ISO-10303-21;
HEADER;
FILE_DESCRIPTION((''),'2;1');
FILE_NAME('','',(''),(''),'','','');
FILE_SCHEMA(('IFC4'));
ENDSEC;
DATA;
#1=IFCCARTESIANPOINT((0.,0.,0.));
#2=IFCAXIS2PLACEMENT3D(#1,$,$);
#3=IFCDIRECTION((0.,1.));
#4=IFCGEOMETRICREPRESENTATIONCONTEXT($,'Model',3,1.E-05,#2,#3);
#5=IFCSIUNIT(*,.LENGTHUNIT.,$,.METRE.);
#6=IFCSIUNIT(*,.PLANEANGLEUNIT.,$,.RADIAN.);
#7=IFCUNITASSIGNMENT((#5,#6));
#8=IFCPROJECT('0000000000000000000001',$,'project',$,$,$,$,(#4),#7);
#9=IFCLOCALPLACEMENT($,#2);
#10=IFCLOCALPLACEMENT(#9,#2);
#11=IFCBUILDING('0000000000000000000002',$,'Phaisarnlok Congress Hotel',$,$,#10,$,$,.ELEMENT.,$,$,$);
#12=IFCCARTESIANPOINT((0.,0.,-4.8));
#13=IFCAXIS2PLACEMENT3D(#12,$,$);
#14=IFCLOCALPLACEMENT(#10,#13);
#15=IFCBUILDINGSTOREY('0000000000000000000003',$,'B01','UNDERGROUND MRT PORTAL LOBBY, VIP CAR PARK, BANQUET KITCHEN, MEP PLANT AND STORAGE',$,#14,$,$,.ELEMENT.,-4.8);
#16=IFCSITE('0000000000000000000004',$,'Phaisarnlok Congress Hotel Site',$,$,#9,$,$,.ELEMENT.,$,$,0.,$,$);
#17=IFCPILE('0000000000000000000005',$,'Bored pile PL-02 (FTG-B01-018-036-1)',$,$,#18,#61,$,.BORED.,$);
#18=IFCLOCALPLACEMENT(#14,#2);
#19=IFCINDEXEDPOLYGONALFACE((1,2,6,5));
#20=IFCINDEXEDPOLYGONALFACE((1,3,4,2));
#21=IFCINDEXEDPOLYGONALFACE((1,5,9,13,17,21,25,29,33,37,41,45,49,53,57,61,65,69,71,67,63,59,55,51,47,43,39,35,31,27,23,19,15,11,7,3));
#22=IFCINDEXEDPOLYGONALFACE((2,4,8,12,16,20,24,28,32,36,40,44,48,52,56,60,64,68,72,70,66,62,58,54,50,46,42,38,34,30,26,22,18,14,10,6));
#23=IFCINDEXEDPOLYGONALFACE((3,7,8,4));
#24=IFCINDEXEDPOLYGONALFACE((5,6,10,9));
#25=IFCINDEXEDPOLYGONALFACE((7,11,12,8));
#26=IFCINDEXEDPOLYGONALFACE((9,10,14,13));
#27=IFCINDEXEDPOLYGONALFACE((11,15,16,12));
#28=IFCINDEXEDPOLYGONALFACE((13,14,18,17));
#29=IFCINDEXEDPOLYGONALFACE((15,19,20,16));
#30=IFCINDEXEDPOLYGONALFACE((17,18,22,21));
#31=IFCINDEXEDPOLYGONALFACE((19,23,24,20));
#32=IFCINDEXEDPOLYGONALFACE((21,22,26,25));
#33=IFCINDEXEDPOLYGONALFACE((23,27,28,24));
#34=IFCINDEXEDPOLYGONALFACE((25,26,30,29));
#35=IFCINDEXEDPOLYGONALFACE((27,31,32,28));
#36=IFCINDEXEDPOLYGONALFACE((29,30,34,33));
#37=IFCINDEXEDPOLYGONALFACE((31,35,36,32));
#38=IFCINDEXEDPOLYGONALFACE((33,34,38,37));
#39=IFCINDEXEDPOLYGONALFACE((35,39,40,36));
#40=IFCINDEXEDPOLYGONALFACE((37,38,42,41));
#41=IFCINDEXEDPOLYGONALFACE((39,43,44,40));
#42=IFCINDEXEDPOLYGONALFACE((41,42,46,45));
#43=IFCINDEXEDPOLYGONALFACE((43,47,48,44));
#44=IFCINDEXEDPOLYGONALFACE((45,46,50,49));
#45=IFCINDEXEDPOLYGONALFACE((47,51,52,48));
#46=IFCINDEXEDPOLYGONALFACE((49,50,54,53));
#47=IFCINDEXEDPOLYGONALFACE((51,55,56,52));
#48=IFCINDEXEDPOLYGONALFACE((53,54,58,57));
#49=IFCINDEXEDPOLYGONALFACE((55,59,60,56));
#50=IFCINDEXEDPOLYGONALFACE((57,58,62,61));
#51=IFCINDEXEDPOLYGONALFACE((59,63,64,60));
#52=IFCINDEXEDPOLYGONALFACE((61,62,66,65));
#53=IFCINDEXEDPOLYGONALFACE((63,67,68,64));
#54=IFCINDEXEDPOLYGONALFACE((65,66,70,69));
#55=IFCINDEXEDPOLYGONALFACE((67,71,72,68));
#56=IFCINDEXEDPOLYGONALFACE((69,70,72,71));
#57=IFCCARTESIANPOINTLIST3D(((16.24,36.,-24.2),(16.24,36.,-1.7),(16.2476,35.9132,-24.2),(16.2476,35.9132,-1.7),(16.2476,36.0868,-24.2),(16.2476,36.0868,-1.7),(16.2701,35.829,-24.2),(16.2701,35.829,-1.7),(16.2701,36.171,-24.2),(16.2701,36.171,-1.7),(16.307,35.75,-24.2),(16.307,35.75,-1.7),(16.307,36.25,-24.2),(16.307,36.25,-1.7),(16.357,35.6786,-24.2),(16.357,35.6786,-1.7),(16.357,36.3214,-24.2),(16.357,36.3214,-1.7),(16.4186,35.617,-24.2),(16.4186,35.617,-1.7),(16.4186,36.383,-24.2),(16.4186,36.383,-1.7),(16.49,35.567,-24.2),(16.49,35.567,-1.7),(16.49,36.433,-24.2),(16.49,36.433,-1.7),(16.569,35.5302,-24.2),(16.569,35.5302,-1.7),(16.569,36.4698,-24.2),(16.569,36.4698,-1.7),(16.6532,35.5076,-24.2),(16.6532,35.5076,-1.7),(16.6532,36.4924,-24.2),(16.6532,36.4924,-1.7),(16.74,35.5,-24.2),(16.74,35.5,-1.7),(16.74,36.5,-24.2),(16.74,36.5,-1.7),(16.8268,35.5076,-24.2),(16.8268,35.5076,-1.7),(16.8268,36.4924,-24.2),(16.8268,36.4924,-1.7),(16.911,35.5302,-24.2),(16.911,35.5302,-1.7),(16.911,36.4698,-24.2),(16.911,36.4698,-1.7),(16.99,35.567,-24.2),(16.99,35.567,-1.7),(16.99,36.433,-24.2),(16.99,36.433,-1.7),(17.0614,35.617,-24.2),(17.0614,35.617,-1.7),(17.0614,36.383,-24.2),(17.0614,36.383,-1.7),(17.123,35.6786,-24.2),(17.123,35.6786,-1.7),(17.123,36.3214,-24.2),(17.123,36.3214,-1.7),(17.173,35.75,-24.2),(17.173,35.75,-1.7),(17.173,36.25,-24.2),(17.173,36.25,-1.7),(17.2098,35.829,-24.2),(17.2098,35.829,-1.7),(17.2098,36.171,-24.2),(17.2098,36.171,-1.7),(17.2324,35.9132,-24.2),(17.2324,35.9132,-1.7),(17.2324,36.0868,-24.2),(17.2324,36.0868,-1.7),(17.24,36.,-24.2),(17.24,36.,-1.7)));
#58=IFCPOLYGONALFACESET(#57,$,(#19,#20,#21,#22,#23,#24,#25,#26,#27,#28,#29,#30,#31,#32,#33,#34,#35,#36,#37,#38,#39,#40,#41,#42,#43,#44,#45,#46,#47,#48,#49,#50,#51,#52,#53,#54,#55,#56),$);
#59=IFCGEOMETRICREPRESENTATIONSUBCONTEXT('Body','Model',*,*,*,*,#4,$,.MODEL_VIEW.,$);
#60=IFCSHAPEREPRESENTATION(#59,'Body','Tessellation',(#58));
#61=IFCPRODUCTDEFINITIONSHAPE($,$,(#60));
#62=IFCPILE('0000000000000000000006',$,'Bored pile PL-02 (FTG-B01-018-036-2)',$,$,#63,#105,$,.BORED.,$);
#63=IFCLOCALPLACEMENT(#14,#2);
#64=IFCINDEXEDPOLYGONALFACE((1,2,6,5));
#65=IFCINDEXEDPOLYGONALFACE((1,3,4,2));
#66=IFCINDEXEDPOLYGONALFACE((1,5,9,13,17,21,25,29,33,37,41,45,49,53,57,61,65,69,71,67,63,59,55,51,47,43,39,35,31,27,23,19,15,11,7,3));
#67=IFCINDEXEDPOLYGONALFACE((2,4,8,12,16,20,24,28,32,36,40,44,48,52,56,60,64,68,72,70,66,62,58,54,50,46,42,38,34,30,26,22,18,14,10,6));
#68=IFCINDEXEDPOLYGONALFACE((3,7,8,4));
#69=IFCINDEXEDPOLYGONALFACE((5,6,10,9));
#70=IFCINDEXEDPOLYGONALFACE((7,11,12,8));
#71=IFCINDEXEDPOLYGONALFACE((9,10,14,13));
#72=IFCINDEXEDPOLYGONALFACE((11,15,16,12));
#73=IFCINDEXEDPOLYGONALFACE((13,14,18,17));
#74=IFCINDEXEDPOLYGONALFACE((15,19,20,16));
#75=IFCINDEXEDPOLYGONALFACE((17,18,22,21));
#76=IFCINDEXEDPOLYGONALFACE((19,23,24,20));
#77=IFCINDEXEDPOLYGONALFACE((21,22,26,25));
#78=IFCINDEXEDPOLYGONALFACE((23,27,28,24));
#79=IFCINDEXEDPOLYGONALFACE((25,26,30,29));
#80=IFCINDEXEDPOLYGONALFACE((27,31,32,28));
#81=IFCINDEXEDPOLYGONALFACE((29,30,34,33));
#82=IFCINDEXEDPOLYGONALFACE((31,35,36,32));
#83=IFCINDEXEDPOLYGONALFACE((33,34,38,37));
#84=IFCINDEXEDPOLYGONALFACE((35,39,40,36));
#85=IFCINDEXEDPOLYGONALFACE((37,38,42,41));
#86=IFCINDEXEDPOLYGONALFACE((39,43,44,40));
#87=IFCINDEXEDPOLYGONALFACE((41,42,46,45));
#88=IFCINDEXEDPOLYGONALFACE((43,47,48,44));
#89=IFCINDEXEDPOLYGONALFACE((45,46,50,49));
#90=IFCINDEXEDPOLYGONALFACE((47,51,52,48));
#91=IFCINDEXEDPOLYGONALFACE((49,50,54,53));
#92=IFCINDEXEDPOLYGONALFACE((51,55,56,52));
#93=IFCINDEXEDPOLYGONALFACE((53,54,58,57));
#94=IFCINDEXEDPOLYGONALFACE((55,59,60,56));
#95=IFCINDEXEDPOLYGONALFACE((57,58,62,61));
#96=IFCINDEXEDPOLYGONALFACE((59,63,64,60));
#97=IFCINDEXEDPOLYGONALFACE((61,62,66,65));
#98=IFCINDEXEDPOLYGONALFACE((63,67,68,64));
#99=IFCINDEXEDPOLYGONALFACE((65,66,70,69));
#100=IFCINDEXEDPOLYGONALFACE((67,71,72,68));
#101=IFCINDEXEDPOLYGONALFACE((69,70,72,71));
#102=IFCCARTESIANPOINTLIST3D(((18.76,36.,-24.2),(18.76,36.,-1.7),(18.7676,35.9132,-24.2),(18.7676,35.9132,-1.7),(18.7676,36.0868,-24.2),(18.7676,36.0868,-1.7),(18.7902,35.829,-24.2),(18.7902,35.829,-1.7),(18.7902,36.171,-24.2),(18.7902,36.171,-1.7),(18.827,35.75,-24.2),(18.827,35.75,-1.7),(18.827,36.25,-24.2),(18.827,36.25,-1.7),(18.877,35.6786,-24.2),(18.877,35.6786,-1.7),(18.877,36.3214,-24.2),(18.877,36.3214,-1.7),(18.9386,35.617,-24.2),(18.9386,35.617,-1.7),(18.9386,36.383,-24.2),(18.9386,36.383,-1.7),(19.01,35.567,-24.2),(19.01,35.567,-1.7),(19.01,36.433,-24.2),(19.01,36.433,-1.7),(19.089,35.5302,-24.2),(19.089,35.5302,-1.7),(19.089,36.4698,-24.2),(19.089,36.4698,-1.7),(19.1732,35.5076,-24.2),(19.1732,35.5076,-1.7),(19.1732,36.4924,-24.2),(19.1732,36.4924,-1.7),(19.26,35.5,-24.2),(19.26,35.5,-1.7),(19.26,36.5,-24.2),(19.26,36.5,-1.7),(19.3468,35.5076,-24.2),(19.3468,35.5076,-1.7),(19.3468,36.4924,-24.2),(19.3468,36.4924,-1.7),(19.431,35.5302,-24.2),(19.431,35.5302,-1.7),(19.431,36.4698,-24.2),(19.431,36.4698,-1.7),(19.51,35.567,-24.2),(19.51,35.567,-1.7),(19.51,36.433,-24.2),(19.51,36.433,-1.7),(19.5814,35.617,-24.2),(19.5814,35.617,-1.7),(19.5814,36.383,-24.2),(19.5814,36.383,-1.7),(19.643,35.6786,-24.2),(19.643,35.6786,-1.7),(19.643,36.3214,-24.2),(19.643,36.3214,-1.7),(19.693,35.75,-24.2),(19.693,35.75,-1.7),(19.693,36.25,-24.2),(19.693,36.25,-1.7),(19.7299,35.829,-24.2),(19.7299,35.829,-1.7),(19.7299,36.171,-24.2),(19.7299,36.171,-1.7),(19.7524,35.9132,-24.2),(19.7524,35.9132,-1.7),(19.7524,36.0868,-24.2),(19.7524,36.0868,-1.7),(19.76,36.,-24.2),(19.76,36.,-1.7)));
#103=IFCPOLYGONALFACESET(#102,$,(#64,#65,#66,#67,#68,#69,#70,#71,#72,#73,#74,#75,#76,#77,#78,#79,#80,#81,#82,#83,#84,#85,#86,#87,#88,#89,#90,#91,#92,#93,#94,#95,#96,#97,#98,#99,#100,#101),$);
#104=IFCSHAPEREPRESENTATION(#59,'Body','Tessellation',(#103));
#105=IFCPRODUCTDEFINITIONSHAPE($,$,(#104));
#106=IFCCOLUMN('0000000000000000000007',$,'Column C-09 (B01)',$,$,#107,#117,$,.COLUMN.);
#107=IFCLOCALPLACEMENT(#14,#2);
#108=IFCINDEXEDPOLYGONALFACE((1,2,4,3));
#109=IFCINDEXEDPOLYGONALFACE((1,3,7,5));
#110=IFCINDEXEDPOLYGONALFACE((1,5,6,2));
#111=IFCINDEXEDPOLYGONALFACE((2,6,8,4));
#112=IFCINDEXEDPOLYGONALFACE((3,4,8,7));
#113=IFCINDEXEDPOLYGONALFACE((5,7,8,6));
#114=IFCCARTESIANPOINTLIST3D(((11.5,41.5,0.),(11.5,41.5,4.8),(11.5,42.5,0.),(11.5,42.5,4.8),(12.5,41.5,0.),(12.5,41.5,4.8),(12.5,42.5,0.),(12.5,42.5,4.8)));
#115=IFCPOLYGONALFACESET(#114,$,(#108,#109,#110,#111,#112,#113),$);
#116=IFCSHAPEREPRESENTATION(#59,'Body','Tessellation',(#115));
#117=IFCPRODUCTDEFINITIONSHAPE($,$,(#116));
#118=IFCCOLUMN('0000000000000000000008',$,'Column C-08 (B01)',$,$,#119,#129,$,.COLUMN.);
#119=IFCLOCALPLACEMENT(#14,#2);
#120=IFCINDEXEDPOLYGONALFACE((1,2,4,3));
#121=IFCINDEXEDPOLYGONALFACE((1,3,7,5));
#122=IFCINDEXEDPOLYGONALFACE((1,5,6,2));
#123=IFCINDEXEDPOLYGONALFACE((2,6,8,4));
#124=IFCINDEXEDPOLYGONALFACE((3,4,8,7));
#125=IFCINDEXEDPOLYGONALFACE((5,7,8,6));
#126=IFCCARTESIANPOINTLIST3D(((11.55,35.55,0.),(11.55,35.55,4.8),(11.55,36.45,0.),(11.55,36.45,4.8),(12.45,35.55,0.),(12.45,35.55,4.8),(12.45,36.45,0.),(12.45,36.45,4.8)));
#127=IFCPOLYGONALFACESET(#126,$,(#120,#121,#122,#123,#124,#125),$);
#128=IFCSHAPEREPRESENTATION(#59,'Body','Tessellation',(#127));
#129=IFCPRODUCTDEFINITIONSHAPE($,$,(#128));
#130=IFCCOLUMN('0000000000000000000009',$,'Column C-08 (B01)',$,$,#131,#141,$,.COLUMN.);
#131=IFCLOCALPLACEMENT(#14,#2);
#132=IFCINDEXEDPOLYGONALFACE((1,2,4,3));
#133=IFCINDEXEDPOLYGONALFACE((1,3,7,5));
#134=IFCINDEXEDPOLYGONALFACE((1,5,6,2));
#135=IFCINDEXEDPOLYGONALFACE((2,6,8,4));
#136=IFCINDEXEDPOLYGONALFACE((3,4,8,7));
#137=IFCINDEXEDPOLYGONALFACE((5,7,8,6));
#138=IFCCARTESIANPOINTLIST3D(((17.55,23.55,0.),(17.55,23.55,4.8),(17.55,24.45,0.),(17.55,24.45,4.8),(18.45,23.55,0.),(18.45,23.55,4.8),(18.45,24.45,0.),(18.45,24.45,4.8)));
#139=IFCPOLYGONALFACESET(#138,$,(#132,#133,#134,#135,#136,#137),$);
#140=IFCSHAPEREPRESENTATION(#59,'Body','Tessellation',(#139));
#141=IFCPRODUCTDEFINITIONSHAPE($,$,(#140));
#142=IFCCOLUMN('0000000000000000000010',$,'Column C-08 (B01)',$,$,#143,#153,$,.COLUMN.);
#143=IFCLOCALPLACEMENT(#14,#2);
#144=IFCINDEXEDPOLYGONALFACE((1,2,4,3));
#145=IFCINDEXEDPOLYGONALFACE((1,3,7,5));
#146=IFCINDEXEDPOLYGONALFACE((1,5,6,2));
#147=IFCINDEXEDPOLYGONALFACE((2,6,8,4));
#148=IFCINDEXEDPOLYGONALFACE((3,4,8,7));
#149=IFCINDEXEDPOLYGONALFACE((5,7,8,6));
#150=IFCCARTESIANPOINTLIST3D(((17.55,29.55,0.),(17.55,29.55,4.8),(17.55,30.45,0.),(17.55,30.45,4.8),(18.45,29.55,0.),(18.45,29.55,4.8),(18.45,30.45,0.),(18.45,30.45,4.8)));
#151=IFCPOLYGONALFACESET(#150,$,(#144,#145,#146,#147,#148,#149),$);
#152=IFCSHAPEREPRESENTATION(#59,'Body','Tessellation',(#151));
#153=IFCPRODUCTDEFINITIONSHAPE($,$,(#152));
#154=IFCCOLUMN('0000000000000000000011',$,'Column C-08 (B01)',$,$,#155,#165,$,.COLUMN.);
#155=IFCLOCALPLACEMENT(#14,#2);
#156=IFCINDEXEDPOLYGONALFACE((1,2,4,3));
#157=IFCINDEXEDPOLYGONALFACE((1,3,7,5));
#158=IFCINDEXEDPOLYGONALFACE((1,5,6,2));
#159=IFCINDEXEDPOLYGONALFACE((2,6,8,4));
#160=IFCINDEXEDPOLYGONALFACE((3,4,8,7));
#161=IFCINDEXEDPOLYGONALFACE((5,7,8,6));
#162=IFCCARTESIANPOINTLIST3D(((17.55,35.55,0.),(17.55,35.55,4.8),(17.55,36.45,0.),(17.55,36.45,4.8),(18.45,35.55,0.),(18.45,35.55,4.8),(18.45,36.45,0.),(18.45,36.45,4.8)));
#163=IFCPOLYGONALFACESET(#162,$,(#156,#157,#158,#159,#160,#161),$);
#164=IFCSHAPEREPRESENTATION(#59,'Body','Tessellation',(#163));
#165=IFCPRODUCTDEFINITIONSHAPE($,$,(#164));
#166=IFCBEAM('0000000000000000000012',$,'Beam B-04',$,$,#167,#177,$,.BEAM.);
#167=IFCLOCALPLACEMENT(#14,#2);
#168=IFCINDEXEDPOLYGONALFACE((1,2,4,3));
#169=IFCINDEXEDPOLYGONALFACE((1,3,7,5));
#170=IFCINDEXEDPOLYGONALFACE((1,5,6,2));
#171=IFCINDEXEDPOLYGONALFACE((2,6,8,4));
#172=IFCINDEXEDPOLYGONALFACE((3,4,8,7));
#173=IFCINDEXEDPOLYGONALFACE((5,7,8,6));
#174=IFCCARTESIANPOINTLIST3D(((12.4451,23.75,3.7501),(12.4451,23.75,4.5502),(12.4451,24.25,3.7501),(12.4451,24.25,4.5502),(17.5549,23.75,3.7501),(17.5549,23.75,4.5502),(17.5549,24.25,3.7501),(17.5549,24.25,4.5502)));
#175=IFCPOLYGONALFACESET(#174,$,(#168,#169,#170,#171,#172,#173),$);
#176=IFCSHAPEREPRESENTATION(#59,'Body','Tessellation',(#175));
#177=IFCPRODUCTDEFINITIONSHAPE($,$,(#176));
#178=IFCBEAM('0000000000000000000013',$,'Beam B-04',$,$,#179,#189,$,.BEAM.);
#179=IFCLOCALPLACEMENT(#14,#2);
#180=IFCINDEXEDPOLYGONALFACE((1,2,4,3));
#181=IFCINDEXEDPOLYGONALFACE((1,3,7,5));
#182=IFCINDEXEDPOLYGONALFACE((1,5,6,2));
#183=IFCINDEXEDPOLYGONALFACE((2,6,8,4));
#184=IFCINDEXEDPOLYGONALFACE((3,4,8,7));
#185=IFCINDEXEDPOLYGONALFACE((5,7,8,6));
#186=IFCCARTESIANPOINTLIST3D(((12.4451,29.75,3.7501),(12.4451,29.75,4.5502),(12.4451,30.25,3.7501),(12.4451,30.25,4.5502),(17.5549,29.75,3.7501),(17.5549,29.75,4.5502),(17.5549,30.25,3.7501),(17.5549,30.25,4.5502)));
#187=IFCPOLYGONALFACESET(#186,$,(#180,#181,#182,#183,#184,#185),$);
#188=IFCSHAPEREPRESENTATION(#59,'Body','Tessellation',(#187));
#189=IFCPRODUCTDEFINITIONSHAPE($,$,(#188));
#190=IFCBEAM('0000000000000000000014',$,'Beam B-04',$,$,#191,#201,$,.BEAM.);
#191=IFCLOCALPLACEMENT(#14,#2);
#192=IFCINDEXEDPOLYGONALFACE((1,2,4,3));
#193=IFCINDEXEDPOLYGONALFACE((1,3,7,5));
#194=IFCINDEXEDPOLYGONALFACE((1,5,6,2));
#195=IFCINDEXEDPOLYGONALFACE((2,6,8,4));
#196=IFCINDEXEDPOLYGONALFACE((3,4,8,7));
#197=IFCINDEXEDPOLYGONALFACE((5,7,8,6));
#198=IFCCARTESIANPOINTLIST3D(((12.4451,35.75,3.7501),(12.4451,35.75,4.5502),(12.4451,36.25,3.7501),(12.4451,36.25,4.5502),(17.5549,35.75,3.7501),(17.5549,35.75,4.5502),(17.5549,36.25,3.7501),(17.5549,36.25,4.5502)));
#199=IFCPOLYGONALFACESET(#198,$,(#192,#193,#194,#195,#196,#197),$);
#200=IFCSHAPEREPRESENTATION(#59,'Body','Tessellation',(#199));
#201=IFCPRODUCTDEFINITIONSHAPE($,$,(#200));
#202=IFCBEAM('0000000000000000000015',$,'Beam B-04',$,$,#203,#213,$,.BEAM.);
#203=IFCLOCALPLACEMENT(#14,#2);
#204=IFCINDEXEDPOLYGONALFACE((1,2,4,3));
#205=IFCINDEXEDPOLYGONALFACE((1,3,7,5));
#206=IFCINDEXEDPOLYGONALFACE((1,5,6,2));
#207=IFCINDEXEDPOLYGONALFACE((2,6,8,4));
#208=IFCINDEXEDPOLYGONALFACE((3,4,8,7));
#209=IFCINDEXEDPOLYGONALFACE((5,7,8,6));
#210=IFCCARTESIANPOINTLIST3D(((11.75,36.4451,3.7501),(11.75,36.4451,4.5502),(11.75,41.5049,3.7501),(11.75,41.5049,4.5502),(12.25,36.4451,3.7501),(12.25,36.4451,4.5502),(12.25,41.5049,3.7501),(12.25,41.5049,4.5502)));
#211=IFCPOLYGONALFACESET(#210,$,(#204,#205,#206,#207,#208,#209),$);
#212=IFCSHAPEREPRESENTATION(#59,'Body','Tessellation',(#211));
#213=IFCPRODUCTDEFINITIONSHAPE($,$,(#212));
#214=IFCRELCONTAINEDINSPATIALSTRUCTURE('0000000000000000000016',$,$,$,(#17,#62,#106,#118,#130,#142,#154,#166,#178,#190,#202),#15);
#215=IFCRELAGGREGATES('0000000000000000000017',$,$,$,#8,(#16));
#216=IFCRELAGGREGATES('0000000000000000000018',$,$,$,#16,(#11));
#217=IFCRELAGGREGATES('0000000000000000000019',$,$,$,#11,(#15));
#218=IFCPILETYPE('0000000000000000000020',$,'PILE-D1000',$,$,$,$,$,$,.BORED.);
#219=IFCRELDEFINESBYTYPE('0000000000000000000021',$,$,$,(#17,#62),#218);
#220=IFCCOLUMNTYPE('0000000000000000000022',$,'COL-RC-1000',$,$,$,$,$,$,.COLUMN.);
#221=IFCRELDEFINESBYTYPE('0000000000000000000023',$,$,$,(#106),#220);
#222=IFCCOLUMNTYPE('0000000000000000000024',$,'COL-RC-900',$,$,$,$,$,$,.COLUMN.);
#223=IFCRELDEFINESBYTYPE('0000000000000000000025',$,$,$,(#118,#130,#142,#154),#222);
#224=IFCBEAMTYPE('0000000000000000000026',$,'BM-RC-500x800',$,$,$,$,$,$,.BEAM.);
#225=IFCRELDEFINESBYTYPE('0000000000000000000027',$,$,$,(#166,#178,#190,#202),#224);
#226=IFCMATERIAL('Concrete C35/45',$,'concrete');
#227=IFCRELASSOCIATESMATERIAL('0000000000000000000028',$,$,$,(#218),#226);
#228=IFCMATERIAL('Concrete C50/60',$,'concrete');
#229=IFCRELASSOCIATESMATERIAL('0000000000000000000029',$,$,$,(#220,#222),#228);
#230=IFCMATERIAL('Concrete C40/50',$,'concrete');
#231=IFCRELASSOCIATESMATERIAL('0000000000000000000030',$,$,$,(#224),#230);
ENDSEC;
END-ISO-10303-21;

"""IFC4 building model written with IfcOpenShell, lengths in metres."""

from ifc_helpers import new_model, si_unit, direction, frame, origin, origin_2d, place, context, subcontext, project, spatial, rectangle, circle, extrude, material, material_profile, profile_set, type_object, element, save


model = new_model("IFC4")

# Units and contexts
model_context = context("Model", 3, precision=1e-05, world=origin(), true_north=direction((0.0, 1.0)))
body_context = subcontext(model_context, "Body", "Model", "MODEL_VIEW")
ifc_project = project(units=[si_unit("LENGTHUNIT", "METRE"), si_unit("PLANEANGLEUNIT", "RADIAN")], contexts=[model_context])

# Site, building, storey
site_placement = place(None, origin())
site = spatial("IfcSite", under=ifc_project, at=site_placement, Name="Phaisarnlok Congress Hotel Site", CompositionType="ELEMENT", RefElevation=0.0)
building_placement = place(site_placement, origin())
building = spatial("IfcBuilding", under=site, at=building_placement, Name="Phaisarnlok Congress Hotel", CompositionType="ELEMENT")
storey_placement = place(building_placement, frame((0.0, 0.0, -4.8)))
storey = spatial("IfcBuildingStorey", under=building, at=storey_placement, Name="B01", Description="UNDERGROUND MRT PORTAL LOBBY, VIP CAR PARK, BANQUET KITCHEN, MEP PLANT AND STORAGE", CompositionType="ELEMENT", Elevation=-4.8)

# Shared definitions
ifc_material_1 = material(Name="Concrete C40/50", Category="concrete")

# Piles
ifc_material_2 = material(Name="Concrete C35/45", Category="concrete")
ifc_material_profile_1 = material_profile(ifc_material_2, circle(Radius=0.5, at=origin_2d()), Name="BORED PILE D1000")
ifc_profile_set_1 = profile_set([ifc_material_profile_1], Name="Concrete C35/45")
pile_type = type_object("IfcPileType", Name="PILE-D1000", PredefinedType="BORED", material=ifc_profile_set_1)
for number, where, z_axis, x_axis, name in (
    (1, (16.74, 36.0, -1.7), (0.0, 0.0, -1.0), (1.0, 0.0, 0.0), "Bored pile PL-02 (FTG-B01-018-036-1)"),
    (2, (19.26, 36.0, -1.7), (0.0, 0.0, -1.0), (1.0, 0.0, 0.0), "Bored pile PL-02 (FTG-B01-018-036-2)"),
):
    element("IfcPile", number, at=place(storey_placement, frame(where, z_axis=z_axis, x_axis=x_axis)), inside=storey, type_object=pile_type, Name=name, PredefinedType="BORED", context=body_context, shape_type="SweptSolid", body=[
        extrude(circle(Radius=0.5, at=origin_2d()), origin(), (0.0, 0.0, 1.0), 22.5),
    ])

# Columns
ifc_material_3 = material(Name="Concrete C50/60", Category="concrete")
ifc_material_profile_2 = material_profile(ifc_material_3, rectangle(XDim=1.0, YDim=1.0, at=origin_2d()), Name="RC 1000x1000")
ifc_profile_set_2 = profile_set([ifc_material_profile_2], Name="Concrete C50/60")
column_type_1 = type_object("IfcColumnType", Name="COL-RC-1000", PredefinedType="COLUMN", material=ifc_profile_set_2)
column_placement = place(storey_placement, frame((12.0, 42.0, 0.0), z_axis=(0.0, 0.0, 1.0), x_axis=(1.0, 0.0, 0.0)))
element("IfcColumn", 3, at=column_placement, inside=storey, type_object=column_type_1, Name="Column C-09 (B01)", PredefinedType="COLUMN", context=body_context, shape_type="SweptSolid", body=[
    extrude(rectangle(XDim=1.0, YDim=1.0, at=origin_2d()), origin(), (0.0, 0.0, 1.0), 4.8),
])
ifc_material_profile_3 = material_profile(ifc_material_3, rectangle(XDim=0.8999, YDim=0.8999, at=origin_2d()), Name="RC 900x900")
ifc_profile_set_3 = profile_set([ifc_material_profile_3], Name="Concrete C50/60")
column_type_2 = type_object("IfcColumnType", Name="COL-RC-900", PredefinedType="COLUMN", material=ifc_profile_set_3)
for number, where, z_axis, x_axis, name in (
    (4, (12.0, 36.0, 0.0), (0.0, 0.0, 1.0), (1.0, 0.0, 0.0), "Column C-08 (B01)"),
    (5, (18.0, 24.0, 0.0), (0.0, 0.0, 1.0), (1.0, 0.0, 0.0), "Column C-08 (B01)"),
    (6, (18.0, 30.0, 0.0), (0.0, 0.0, 1.0), (1.0, 0.0, 0.0), "Column C-08 (B01)"),
    (7, (18.0, 36.0, 0.0), (0.0, 0.0, 1.0), (1.0, 0.0, 0.0), "Column C-08 (B01)"),
):
    element("IfcColumn", number, at=place(storey_placement, frame(where, z_axis=z_axis, x_axis=x_axis)), inside=storey, type_object=column_type_2, Name=name, PredefinedType="COLUMN", context=body_context, shape_type="SweptSolid", body=[
        extrude(rectangle(XDim=0.8999, YDim=0.8999, at=origin_2d()), origin(), (0.0, 0.0, 1.0), 4.8),
    ])

# Beams
ifc_material_profile_4 = material_profile(ifc_material_1, rectangle(XDim=0.5, YDim=0.8, at=origin_2d()), Name="RC 500x800")
ifc_profile_set_4 = profile_set([ifc_material_profile_4], Name="Concrete C40/50")
beam_type = type_object("IfcBeamType", Name="BM-RC-500x800", PredefinedType="BEAM", material=ifc_profile_set_4)
for number, where, z_axis, x_axis, name in (
    (8, (12.4451, 24.0, 4.1501), (1.0, 0.0, 0.0), (0.0, 1.0, 0.0), "Beam B-04"),
    (9, (12.4451, 30.0, 4.1501), (1.0, 0.0, 0.0), (0.0, 1.0, 0.0), "Beam B-04"),
    (10, (12.4451, 36.0, 4.1501), (1.0, 0.0, 0.0), (0.0, 1.0, 0.0), "Beam B-04"),
):
    element("IfcBeam", number, at=place(storey_placement, frame(where, z_axis=z_axis, x_axis=x_axis)), inside=storey, type_object=beam_type, Name=name, PredefinedType="BEAM", context=body_context, shape_type="SweptSolid", body=[
        extrude(rectangle(XDim=0.5, YDim=0.8, at=origin_2d()), origin(), (0.0, 0.0, 1.0), 5.1099),
    ])
beam_1_placement = place(storey_placement, frame((12.0, 36.4451, 4.1501), z_axis=(0.0, 1.0, 0.0), x_axis=(-1.0, 0.0, 0.0)))
element("IfcBeam", 11, at=beam_1_placement, inside=storey, type_object=beam_type, Name="Beam B-04", PredefinedType="BEAM", context=body_context, shape_type="SweptSolid", body=[
    extrude(rectangle(XDim=0.5, YDim=0.8, at=origin_2d()), origin(), (0.0, 0.0, 1.0), 5.0598),
])

save(model, "model.ifc")
